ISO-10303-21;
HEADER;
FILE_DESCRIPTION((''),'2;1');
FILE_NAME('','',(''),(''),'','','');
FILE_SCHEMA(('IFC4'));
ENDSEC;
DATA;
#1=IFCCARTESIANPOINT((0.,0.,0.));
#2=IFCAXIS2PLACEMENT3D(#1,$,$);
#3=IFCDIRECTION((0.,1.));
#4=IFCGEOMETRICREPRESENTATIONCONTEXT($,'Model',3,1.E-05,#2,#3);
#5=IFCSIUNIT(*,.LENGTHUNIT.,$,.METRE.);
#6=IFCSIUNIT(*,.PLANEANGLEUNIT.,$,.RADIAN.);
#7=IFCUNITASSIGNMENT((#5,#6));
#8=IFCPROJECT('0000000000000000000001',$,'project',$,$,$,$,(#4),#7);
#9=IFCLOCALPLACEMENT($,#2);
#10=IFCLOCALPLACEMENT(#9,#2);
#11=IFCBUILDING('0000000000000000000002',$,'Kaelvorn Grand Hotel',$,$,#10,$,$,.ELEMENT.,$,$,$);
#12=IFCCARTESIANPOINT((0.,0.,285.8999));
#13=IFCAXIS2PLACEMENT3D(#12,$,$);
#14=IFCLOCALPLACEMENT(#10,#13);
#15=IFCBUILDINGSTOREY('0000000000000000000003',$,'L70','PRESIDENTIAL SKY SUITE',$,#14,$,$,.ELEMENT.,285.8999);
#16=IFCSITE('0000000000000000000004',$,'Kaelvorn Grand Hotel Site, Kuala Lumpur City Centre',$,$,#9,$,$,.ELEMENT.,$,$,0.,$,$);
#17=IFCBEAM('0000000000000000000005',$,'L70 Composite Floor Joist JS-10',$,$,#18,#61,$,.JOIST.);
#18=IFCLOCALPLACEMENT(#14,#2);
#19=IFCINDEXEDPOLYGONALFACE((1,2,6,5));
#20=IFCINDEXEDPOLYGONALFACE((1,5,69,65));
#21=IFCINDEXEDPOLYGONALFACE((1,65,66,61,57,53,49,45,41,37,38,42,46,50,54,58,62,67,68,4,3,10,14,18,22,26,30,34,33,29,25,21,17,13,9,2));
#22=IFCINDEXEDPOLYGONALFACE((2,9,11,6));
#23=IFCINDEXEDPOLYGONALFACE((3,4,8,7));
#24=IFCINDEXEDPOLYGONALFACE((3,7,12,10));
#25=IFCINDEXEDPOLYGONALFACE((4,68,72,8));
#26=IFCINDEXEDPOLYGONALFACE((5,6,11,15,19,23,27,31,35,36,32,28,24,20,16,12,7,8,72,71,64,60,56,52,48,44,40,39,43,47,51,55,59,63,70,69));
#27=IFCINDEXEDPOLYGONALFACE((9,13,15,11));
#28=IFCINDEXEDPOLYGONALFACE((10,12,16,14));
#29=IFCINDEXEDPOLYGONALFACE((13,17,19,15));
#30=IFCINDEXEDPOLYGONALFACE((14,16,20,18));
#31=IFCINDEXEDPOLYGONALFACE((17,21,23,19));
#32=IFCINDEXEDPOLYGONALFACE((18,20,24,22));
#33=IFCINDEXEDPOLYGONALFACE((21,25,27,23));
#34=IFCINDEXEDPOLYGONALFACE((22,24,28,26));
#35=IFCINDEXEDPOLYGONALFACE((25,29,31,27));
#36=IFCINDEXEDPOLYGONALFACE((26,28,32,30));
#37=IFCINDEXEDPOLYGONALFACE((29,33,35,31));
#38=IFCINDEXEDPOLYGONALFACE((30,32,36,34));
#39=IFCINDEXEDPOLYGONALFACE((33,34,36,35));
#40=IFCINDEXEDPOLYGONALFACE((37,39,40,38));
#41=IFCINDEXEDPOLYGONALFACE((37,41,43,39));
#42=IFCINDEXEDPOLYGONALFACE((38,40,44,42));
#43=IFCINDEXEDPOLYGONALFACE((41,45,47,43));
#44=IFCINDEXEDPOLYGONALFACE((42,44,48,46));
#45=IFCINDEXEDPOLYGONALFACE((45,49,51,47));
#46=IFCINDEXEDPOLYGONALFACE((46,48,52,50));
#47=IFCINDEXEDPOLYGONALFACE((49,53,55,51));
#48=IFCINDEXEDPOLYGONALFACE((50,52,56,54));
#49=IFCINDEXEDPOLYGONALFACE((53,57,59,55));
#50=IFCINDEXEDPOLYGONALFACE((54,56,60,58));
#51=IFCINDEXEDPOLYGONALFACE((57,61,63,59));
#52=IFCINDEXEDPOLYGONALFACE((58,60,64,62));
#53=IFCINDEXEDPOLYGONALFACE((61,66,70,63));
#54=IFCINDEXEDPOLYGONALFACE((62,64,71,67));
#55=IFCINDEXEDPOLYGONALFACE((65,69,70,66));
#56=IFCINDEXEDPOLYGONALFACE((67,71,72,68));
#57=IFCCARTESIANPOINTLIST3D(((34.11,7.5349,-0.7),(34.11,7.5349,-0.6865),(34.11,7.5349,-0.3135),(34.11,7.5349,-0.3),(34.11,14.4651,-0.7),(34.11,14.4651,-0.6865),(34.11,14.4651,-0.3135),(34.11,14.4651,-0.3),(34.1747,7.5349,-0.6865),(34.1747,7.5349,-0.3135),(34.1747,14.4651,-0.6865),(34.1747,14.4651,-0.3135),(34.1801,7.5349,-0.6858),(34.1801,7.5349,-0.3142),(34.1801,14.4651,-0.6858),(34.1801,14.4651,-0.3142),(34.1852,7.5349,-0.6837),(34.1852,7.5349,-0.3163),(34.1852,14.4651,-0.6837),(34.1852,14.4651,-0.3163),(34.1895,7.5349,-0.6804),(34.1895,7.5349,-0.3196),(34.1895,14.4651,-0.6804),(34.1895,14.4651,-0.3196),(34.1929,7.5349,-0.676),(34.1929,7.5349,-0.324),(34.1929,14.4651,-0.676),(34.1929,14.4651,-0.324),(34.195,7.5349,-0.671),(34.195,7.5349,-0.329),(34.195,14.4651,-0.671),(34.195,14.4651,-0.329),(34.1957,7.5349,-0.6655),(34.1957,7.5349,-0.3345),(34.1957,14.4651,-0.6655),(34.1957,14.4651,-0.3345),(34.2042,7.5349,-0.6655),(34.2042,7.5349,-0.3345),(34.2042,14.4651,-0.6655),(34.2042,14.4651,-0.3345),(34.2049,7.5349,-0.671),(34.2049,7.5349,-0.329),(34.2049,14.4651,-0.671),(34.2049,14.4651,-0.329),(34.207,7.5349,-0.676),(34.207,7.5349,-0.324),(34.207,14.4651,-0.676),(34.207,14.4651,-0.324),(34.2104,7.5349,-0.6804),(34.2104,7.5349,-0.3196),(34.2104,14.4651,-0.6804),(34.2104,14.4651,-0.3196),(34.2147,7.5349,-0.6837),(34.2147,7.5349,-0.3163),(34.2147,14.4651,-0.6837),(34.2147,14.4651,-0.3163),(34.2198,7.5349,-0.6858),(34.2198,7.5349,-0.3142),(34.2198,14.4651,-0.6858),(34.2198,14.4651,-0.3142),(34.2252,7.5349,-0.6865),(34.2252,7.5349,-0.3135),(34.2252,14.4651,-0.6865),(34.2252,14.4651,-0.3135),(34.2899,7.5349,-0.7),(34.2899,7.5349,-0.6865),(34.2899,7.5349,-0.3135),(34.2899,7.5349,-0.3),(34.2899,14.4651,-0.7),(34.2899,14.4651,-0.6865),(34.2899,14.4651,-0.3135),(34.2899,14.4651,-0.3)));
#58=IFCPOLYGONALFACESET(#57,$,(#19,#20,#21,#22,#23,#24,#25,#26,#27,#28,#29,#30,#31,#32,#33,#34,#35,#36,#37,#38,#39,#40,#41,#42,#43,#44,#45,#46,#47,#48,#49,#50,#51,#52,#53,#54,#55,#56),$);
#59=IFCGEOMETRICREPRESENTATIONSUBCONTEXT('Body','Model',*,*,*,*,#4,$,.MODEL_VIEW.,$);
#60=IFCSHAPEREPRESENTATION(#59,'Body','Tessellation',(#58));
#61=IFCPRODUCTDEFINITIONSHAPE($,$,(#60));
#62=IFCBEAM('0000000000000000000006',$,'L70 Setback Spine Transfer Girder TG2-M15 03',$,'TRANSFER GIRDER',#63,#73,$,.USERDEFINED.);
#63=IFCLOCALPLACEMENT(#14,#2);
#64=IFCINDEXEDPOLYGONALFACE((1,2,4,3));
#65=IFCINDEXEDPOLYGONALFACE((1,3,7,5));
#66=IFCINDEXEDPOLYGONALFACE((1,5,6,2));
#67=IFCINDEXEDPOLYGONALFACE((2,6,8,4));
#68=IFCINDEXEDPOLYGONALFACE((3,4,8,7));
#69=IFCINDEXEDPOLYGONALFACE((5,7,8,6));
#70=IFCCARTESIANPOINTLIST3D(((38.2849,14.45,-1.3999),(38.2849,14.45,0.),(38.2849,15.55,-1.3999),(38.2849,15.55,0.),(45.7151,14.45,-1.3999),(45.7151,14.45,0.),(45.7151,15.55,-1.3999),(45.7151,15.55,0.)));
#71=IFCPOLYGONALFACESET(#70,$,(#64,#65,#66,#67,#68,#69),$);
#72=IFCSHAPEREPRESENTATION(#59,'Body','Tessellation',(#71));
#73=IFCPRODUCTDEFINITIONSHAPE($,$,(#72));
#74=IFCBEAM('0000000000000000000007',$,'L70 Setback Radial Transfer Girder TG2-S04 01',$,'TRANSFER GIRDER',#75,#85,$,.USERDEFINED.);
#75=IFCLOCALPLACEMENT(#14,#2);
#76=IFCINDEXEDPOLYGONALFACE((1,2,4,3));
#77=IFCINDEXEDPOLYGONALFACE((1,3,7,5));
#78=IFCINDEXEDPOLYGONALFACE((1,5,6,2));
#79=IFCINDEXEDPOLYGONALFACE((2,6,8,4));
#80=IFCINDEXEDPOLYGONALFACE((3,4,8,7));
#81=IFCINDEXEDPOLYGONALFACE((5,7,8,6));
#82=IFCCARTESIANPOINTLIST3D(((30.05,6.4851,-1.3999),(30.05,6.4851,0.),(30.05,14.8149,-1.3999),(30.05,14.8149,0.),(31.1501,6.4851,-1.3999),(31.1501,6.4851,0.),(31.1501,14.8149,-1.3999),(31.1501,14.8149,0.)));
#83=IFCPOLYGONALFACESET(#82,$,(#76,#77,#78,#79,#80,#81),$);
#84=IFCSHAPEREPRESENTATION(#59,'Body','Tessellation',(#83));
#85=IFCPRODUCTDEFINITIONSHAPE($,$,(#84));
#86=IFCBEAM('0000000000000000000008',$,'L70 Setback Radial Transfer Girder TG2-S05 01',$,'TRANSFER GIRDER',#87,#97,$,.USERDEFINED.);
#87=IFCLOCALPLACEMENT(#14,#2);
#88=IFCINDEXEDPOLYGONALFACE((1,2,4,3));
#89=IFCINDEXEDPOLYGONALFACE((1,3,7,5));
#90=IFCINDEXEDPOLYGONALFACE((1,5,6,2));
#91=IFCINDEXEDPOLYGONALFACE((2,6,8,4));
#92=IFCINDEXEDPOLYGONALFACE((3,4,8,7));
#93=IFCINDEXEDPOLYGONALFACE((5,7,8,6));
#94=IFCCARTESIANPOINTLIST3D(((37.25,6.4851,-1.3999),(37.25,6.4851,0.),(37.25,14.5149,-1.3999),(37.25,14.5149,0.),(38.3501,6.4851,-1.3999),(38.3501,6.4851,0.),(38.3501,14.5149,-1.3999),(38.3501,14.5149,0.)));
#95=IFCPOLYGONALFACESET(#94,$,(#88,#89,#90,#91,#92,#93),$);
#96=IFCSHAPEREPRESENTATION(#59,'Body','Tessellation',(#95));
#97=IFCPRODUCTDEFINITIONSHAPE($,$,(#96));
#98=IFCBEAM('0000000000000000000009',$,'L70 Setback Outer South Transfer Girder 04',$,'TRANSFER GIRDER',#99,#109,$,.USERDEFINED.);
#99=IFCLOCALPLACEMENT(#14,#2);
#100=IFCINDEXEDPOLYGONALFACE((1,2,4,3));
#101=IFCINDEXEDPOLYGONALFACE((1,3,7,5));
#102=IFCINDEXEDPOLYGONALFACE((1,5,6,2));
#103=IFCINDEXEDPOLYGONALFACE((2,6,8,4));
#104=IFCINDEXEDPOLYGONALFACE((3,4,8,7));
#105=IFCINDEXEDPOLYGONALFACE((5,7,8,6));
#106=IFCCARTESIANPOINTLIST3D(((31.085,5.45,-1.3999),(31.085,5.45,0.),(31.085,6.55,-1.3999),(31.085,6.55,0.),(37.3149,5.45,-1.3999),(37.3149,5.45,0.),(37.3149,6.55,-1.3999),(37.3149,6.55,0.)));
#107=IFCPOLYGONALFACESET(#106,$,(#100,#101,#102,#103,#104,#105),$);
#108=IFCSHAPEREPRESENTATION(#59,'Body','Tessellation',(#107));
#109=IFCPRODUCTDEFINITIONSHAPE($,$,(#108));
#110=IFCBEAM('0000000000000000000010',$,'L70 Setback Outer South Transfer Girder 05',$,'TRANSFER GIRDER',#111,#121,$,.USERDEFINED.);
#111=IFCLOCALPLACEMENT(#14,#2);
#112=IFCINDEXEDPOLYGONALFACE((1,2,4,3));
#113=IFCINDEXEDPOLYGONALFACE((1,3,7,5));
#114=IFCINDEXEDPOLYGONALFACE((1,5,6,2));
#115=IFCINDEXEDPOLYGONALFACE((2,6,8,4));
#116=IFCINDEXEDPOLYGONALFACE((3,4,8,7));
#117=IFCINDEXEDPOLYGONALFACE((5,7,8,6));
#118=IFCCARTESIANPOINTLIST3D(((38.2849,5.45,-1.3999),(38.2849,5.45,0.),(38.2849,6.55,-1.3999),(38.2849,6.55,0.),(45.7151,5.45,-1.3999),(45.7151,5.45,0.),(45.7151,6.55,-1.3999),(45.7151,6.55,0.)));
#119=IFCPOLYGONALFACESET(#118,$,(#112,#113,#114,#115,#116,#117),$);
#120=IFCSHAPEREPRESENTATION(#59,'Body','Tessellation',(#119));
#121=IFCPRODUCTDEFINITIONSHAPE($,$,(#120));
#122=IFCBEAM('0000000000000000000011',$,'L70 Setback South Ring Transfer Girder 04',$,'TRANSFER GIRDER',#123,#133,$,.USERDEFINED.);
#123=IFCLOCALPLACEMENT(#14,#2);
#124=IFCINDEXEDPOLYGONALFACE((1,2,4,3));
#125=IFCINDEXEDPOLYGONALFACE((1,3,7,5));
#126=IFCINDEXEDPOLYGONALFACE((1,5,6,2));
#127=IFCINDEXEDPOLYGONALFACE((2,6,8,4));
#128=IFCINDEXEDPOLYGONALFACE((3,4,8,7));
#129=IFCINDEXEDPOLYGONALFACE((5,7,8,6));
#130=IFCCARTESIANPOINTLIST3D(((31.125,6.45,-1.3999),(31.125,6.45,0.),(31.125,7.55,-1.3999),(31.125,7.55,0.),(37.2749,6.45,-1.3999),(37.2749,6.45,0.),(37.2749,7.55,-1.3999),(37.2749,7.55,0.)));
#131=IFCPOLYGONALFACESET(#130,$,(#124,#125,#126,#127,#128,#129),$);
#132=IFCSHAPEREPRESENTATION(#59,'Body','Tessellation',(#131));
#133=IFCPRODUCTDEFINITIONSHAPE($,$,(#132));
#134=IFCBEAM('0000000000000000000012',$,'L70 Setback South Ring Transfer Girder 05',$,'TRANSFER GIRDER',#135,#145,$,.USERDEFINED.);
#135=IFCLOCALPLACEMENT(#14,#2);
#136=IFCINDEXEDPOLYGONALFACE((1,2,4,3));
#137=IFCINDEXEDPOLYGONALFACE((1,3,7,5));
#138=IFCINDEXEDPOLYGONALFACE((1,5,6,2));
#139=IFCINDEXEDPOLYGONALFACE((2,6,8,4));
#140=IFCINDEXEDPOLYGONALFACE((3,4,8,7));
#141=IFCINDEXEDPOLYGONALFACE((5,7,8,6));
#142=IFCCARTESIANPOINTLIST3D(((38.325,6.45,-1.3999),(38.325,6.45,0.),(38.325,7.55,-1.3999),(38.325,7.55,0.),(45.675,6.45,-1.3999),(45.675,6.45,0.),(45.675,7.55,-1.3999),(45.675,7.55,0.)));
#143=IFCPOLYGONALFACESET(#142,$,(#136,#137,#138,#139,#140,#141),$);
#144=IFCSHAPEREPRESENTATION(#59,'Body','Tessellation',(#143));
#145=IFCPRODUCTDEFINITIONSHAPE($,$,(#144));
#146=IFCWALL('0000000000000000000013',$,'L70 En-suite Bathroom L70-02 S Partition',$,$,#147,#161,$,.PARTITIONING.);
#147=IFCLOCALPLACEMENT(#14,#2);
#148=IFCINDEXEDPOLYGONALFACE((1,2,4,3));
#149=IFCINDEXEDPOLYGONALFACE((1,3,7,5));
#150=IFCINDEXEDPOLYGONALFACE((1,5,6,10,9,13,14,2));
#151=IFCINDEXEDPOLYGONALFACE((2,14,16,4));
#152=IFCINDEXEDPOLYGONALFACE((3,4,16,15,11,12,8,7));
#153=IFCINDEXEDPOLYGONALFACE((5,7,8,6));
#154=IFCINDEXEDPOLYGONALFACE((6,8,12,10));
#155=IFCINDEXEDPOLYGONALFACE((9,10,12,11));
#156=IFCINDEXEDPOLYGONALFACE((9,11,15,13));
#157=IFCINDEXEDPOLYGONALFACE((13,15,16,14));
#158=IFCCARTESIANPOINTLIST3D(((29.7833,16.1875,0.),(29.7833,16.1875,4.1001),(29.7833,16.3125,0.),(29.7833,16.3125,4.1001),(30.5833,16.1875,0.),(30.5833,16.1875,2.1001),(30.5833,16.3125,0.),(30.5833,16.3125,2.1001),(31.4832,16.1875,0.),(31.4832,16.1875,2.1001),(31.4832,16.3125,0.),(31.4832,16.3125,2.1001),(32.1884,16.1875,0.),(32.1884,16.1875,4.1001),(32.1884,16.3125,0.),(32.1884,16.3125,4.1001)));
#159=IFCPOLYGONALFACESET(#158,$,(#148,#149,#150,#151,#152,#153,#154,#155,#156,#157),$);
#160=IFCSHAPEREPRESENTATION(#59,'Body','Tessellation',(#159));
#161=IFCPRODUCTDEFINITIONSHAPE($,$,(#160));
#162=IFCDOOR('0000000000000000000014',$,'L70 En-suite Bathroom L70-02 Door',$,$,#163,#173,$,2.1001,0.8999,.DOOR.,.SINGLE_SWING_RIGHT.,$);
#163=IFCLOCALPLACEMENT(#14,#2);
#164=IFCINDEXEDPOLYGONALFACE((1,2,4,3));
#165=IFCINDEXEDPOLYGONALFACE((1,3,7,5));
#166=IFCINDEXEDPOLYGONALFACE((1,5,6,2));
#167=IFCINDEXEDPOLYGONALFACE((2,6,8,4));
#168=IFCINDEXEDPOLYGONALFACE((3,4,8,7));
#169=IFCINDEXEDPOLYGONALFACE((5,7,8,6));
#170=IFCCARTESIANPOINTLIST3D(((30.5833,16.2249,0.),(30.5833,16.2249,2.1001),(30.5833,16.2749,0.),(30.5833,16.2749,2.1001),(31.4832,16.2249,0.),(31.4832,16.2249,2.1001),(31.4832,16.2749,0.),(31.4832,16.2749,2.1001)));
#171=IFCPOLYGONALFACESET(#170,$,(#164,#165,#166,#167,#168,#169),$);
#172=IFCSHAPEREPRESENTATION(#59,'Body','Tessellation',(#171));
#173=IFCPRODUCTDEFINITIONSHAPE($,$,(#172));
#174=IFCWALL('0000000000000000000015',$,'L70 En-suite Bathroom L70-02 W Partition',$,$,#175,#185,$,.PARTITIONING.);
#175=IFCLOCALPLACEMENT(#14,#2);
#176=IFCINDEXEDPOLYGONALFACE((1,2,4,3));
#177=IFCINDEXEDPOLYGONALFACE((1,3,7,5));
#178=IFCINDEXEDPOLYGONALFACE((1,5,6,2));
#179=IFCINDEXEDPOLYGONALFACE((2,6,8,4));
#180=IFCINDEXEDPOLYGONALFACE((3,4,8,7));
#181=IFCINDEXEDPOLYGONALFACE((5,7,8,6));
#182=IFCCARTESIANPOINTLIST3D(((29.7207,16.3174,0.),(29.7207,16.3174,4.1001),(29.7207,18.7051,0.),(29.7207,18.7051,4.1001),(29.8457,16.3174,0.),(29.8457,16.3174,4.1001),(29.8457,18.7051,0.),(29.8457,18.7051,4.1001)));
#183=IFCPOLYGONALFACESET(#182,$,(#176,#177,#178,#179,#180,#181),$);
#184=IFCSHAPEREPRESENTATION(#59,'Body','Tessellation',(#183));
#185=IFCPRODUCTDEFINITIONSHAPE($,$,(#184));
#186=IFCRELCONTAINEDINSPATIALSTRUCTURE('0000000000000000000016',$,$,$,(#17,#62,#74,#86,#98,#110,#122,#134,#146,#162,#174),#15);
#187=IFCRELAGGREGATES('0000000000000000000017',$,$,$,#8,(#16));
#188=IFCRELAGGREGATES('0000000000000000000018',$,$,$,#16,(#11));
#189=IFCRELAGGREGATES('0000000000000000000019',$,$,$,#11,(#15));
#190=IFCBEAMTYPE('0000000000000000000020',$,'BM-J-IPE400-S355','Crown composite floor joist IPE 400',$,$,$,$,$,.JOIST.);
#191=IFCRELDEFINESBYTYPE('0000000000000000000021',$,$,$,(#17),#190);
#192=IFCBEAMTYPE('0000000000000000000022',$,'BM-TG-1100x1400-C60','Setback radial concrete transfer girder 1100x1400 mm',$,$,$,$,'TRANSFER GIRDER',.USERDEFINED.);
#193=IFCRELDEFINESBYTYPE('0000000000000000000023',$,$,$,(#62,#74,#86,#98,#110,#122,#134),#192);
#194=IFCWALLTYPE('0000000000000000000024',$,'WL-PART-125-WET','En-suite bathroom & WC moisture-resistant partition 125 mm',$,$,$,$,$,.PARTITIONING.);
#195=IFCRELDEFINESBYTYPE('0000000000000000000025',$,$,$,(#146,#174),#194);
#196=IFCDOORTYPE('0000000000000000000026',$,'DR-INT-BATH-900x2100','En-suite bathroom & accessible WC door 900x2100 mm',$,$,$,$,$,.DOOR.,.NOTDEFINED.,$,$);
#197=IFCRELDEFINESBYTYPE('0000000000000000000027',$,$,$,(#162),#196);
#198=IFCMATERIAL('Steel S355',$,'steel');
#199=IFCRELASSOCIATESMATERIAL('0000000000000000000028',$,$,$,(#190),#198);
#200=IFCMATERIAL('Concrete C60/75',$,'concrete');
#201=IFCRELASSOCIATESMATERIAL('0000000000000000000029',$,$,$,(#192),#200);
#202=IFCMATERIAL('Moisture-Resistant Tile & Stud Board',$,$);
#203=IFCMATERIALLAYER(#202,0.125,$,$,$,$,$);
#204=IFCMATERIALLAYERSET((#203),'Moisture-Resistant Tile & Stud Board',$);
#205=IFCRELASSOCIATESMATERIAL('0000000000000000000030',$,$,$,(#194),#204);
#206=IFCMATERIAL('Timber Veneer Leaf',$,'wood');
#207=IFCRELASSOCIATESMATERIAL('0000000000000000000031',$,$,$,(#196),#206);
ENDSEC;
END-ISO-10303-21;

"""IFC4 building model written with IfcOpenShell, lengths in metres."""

from ifc_helpers import new_model, si_unit, direction, frame, frame_2d, origin, origin_2d, place, context, subcontext, project, spatial, rectangle, i_section, extrude, material, layer, layer_set, material_profile, profile_set, type_object, element, fill, save


model = new_model("IFC4")

# Units and contexts
model_context = context("Model", 3, precision=1e-05, world=origin(), true_north=direction((0.0, 1.0)))
body_context = subcontext(model_context, "Body", "Model", "MODEL_VIEW")
ifc_project = project(units=[si_unit("LENGTHUNIT", "METRE"), si_unit("PLANEANGLEUNIT", "RADIAN")], contexts=[model_context])

# Site, building, storey
site_placement = place(None, origin())
site = spatial("IfcSite", under=ifc_project, at=site_placement, Name="Kaelvorn Grand Hotel Site, Kuala Lumpur City Centre", CompositionType="ELEMENT", RefElevation=0.0)
building_placement = place(site_placement, origin())
building = spatial("IfcBuilding", under=site, at=building_placement, Name="Kaelvorn Grand Hotel", CompositionType="ELEMENT")
storey_placement = place(building_placement, frame((0.0, 0.0, 285.8999)))
storey = spatial("IfcBuildingStorey", under=building, at=storey_placement, Name="L70", Description="PRESIDENTIAL SKY SUITE", CompositionType="ELEMENT", Elevation=285.8999)

# Beams
ifc_material_1 = material(Name="Steel S355", Category="steel")
ifc_material_profile_1 = material_profile(ifc_material_1, i_section(OverallWidth=0.1799, OverallDepth=0.3999, WebThickness=0.0085, FlangeThickness=0.0134, FilletRadius=0.021, at=origin_2d()), Name="IPE 400")
ifc_profile_set_1 = profile_set([ifc_material_profile_1], Name="Steel S355")
beam_type_1 = type_object("IfcBeamType", Name="BM-J-IPE400-S355", Description="Crown composite floor joist IPE 400", PredefinedType="JOIST", material=ifc_profile_set_1)
beam_1_placement = place(storey_placement, frame((34.2, 7.5349, -0.5), z_axis=(0.0, 1.0, 0.0), x_axis=(-1.0, 0.0, 0.0)))
element("IfcBeam", 1, at=beam_1_placement, inside=storey, type_object=beam_type_1, Name="L70 Composite Floor Joist JS-10", PredefinedType="JOIST", context=body_context, shape_type="SweptSolid", body=[
    extrude(i_section(OverallWidth=0.1799, OverallDepth=0.3999, WebThickness=0.0085, FlangeThickness=0.0134, FilletRadius=0.021, at=origin_2d()), origin(), (0.0, 0.0, 1.0), 6.9302),
])
ifc_material_2 = material(Name="Concrete C60/75", Category="concrete")
ifc_material_profile_2 = material_profile(ifc_material_2, rectangle(XDim=1.1001, YDim=1.3999, at=origin_2d()), Name="RC TG 1100x1400")
ifc_profile_set_2 = profile_set([ifc_material_profile_2], Name="Concrete C60/75")
beam_type_2 = type_object("IfcBeamType", Name="BM-TG-1100x1400-C60", Description="Setback radial concrete transfer girder 1100x1400 mm", ElementType="TRANSFER GIRDER", PredefinedType="USERDEFINED", material=ifc_profile_set_2)
beam_2_placement = place(storey_placement, frame((38.2849, 15.0, -0.7), z_axis=(1.0, 0.0, 0.0), x_axis=(0.0, 1.0, 0.0)))
element("IfcBeam", 2, at=beam_2_placement, inside=storey, type_object=beam_type_2, Name="L70 Setback Spine Transfer Girder TG2-M15 03", ObjectType="TRANSFER GIRDER", PredefinedType="USERDEFINED", context=body_context, shape_type="SweptSolid", body=[
    extrude(rectangle(XDim=1.1001, YDim=1.3999, at=origin_2d()), origin(), (0.0, 0.0, 1.0), 7.4302),
])
beam_3_placement = place(storey_placement, frame((30.6001, 6.4851, -0.7), z_axis=(0.0, 1.0, 0.0), x_axis=(-1.0, 0.0, 0.0)))
element("IfcBeam", 3, at=beam_3_placement, inside=storey, type_object=beam_type_2, Name="L70 Setback Radial Transfer Girder TG2-S04 01", ObjectType="TRANSFER GIRDER", PredefinedType="USERDEFINED", context=body_context, shape_type="SweptSolid", body=[
    extrude(rectangle(XDim=1.1001, YDim=1.3999, at=origin_2d()), origin(), (0.0, 0.0, 1.0), 8.3298),
])
beam_4_placement = place(storey_placement, frame((37.8, 6.4851, -0.7), z_axis=(0.0, 1.0, 0.0), x_axis=(-1.0, 0.0, 0.0)))
element("IfcBeam", 4, at=beam_4_placement, inside=storey, type_object=beam_type_2, Name="L70 Setback Radial Transfer Girder TG2-S05 01", ObjectType="TRANSFER GIRDER", PredefinedType="USERDEFINED", context=body_context, shape_type="SweptSolid", body=[
    extrude(rectangle(XDim=1.1001, YDim=1.3999, at=origin_2d()), origin(), (0.0, 0.0, 1.0), 8.0298),
])
beam_5_placement = place(storey_placement, frame((31.085, 6.0, -0.7), z_axis=(1.0, 0.0, 0.0), x_axis=(0.0, 1.0, 0.0)))
element("IfcBeam", 5, at=beam_5_placement, inside=storey, type_object=beam_type_2, Name="L70 Setback Outer South Transfer Girder 04", ObjectType="TRANSFER GIRDER", PredefinedType="USERDEFINED", context=body_context, shape_type="SweptSolid", body=[
    extrude(rectangle(XDim=1.1001, YDim=1.3999, at=origin_2d()), origin(), (0.0, 0.0, 1.0), 6.23),
])
beam_6_placement = place(storey_placement, frame((38.2849, 6.0, -0.7), z_axis=(1.0, 0.0, 0.0), x_axis=(0.0, 1.0, 0.0)))
element("IfcBeam", 6, at=beam_6_placement, inside=storey, type_object=beam_type_2, Name="L70 Setback Outer South Transfer Girder 05", ObjectType="TRANSFER GIRDER", PredefinedType="USERDEFINED", context=body_context, shape_type="SweptSolid", body=[
    extrude(rectangle(XDim=1.1001, YDim=1.3999, at=origin_2d()), origin(), (0.0, 0.0, 1.0), 7.4302),
])
beam_7_placement = place(storey_placement, frame((31.125, 7.0, -0.7), z_axis=(1.0, 0.0, 0.0), x_axis=(0.0, 1.0, 0.0)))
element("IfcBeam", 7, at=beam_7_placement, inside=storey, type_object=beam_type_2, Name="L70 Setback South Ring Transfer Girder 04", ObjectType="TRANSFER GIRDER", PredefinedType="USERDEFINED", context=body_context, shape_type="SweptSolid", body=[
    extrude(rectangle(XDim=1.1001, YDim=1.3999, at=origin_2d()), origin(), (0.0, 0.0, 1.0), 6.1499),
])
beam_8_placement = place(storey_placement, frame((38.325, 7.0, -0.7), z_axis=(1.0, 0.0, 0.0), x_axis=(0.0, 1.0, 0.0)))
element("IfcBeam", 8, at=beam_8_placement, inside=storey, type_object=beam_type_2, Name="L70 Setback South Ring Transfer Girder 05", ObjectType="TRANSFER GIRDER", PredefinedType="USERDEFINED", context=body_context, shape_type="SweptSolid", body=[
    extrude(rectangle(XDim=1.1001, YDim=1.3999, at=origin_2d()), origin(), (0.0, 0.0, 1.0), 7.3501),
])

# Wall, opening, door
ifc_material_3 = material(Name="Moisture-Resistant Tile & Stud Board")
ifc_layer_1 = layer(ifc_material_3, 0.125)
ifc_layer_set_1 = layer_set([ifc_layer_1], Name="Moisture-Resistant Tile & Stud Board")
wall_type_1 = type_object("IfcWallType", Name="WL-PART-125-WET", Description="En-suite bathroom & WC moisture-resistant partition 125 mm", PredefinedType="PARTITIONING", material=ifc_layer_set_1)
wall_1_placement = place(storey_placement, frame((29.7832, 16.25, 0.0), z_axis=(0.0, 0.0, 1.0), x_axis=(1.0, 0.0, 0.0)))
wall_1 = element("IfcWall", 9, at=wall_1_placement, inside=storey, type_object=wall_type_1, Name="L70 En-suite Bathroom L70-02 S Partition", PredefinedType="PARTITIONING", context=body_context, shape_type="SweptSolid", body=[
    extrude(rectangle(XDim=2.405, YDim=0.125, at=frame_2d((1.2026, 0.0))), origin(), (0.0, 0.0, 1.0), 4.1001),
])
opening_1_placement = place(wall_1_placement, frame((0.8, 0.0, 0.0)))
opening_1 = element("IfcOpeningElement", 10, at=opening_1_placement, cuts=wall_1, PredefinedType="OPENING", context=body_context, shape_type="SweptSolid", body=[
    extrude(rectangle(XDim=0.8999, YDim=2.1001, at=frame_2d((0.45, 1.05))), frame((0.0, 0.0725, 0.0), z_axis=(0.0, -1.0, 0.0), x_axis=(1.0, 0.0, 0.0)), (0.0, 0.0, 1.0), 0.145),
])
ifc_material_4 = material(Name="Timber Veneer Leaf", Category="wood")
door_type_1 = type_object("IfcDoorType", Name="DR-INT-BATH-900x2100", Description="En-suite bathroom & accessible WC door 900x2100 mm", OperationType="NOTDEFINED", PredefinedType="DOOR", material=ifc_material_4)
door_1_placement = place(opening_1_placement, origin())
door_1 = element("IfcDoor", 11, at=door_1_placement, inside=storey, type_object=door_type_1, Name="L70 En-suite Bathroom L70-02 Door", OperationType="SINGLE_SWING_RIGHT", OverallHeight=2.1001, OverallWidth=0.8999, PredefinedType="DOOR", context=body_context, shape_type="SweptSolid", body=[
    extrude(rectangle(XDim=0.8999, YDim=2.1001, at=frame_2d((0.45, 1.05))), frame((0.0, 0.0249, 0.0), z_axis=(0.0, -1.0, 0.0), x_axis=(1.0, 0.0, 0.0)), (0.0, 0.0, 1.0), 0.05),
])
fill(opening_1, door_1)

# Wall
wall_2_placement = place(storey_placement, frame((29.7832, 16.3174, 0.0), z_axis=(0.0, 0.0, 1.0), x_axis=(0.0, 1.0, 0.0)))
element("IfcWall", 12, at=wall_2_placement, inside=storey, type_object=wall_type_1, Name="L70 En-suite Bathroom L70-02 W Partition", PredefinedType="PARTITIONING", context=body_context, shape_type="SweptSolid", body=[
    extrude(rectangle(XDim=2.3877, YDim=0.125, at=frame_2d((1.1938, 0.0))), origin(), (0.0, 0.0, 1.0), 4.1001),
])

save(model, "model.ifc")
